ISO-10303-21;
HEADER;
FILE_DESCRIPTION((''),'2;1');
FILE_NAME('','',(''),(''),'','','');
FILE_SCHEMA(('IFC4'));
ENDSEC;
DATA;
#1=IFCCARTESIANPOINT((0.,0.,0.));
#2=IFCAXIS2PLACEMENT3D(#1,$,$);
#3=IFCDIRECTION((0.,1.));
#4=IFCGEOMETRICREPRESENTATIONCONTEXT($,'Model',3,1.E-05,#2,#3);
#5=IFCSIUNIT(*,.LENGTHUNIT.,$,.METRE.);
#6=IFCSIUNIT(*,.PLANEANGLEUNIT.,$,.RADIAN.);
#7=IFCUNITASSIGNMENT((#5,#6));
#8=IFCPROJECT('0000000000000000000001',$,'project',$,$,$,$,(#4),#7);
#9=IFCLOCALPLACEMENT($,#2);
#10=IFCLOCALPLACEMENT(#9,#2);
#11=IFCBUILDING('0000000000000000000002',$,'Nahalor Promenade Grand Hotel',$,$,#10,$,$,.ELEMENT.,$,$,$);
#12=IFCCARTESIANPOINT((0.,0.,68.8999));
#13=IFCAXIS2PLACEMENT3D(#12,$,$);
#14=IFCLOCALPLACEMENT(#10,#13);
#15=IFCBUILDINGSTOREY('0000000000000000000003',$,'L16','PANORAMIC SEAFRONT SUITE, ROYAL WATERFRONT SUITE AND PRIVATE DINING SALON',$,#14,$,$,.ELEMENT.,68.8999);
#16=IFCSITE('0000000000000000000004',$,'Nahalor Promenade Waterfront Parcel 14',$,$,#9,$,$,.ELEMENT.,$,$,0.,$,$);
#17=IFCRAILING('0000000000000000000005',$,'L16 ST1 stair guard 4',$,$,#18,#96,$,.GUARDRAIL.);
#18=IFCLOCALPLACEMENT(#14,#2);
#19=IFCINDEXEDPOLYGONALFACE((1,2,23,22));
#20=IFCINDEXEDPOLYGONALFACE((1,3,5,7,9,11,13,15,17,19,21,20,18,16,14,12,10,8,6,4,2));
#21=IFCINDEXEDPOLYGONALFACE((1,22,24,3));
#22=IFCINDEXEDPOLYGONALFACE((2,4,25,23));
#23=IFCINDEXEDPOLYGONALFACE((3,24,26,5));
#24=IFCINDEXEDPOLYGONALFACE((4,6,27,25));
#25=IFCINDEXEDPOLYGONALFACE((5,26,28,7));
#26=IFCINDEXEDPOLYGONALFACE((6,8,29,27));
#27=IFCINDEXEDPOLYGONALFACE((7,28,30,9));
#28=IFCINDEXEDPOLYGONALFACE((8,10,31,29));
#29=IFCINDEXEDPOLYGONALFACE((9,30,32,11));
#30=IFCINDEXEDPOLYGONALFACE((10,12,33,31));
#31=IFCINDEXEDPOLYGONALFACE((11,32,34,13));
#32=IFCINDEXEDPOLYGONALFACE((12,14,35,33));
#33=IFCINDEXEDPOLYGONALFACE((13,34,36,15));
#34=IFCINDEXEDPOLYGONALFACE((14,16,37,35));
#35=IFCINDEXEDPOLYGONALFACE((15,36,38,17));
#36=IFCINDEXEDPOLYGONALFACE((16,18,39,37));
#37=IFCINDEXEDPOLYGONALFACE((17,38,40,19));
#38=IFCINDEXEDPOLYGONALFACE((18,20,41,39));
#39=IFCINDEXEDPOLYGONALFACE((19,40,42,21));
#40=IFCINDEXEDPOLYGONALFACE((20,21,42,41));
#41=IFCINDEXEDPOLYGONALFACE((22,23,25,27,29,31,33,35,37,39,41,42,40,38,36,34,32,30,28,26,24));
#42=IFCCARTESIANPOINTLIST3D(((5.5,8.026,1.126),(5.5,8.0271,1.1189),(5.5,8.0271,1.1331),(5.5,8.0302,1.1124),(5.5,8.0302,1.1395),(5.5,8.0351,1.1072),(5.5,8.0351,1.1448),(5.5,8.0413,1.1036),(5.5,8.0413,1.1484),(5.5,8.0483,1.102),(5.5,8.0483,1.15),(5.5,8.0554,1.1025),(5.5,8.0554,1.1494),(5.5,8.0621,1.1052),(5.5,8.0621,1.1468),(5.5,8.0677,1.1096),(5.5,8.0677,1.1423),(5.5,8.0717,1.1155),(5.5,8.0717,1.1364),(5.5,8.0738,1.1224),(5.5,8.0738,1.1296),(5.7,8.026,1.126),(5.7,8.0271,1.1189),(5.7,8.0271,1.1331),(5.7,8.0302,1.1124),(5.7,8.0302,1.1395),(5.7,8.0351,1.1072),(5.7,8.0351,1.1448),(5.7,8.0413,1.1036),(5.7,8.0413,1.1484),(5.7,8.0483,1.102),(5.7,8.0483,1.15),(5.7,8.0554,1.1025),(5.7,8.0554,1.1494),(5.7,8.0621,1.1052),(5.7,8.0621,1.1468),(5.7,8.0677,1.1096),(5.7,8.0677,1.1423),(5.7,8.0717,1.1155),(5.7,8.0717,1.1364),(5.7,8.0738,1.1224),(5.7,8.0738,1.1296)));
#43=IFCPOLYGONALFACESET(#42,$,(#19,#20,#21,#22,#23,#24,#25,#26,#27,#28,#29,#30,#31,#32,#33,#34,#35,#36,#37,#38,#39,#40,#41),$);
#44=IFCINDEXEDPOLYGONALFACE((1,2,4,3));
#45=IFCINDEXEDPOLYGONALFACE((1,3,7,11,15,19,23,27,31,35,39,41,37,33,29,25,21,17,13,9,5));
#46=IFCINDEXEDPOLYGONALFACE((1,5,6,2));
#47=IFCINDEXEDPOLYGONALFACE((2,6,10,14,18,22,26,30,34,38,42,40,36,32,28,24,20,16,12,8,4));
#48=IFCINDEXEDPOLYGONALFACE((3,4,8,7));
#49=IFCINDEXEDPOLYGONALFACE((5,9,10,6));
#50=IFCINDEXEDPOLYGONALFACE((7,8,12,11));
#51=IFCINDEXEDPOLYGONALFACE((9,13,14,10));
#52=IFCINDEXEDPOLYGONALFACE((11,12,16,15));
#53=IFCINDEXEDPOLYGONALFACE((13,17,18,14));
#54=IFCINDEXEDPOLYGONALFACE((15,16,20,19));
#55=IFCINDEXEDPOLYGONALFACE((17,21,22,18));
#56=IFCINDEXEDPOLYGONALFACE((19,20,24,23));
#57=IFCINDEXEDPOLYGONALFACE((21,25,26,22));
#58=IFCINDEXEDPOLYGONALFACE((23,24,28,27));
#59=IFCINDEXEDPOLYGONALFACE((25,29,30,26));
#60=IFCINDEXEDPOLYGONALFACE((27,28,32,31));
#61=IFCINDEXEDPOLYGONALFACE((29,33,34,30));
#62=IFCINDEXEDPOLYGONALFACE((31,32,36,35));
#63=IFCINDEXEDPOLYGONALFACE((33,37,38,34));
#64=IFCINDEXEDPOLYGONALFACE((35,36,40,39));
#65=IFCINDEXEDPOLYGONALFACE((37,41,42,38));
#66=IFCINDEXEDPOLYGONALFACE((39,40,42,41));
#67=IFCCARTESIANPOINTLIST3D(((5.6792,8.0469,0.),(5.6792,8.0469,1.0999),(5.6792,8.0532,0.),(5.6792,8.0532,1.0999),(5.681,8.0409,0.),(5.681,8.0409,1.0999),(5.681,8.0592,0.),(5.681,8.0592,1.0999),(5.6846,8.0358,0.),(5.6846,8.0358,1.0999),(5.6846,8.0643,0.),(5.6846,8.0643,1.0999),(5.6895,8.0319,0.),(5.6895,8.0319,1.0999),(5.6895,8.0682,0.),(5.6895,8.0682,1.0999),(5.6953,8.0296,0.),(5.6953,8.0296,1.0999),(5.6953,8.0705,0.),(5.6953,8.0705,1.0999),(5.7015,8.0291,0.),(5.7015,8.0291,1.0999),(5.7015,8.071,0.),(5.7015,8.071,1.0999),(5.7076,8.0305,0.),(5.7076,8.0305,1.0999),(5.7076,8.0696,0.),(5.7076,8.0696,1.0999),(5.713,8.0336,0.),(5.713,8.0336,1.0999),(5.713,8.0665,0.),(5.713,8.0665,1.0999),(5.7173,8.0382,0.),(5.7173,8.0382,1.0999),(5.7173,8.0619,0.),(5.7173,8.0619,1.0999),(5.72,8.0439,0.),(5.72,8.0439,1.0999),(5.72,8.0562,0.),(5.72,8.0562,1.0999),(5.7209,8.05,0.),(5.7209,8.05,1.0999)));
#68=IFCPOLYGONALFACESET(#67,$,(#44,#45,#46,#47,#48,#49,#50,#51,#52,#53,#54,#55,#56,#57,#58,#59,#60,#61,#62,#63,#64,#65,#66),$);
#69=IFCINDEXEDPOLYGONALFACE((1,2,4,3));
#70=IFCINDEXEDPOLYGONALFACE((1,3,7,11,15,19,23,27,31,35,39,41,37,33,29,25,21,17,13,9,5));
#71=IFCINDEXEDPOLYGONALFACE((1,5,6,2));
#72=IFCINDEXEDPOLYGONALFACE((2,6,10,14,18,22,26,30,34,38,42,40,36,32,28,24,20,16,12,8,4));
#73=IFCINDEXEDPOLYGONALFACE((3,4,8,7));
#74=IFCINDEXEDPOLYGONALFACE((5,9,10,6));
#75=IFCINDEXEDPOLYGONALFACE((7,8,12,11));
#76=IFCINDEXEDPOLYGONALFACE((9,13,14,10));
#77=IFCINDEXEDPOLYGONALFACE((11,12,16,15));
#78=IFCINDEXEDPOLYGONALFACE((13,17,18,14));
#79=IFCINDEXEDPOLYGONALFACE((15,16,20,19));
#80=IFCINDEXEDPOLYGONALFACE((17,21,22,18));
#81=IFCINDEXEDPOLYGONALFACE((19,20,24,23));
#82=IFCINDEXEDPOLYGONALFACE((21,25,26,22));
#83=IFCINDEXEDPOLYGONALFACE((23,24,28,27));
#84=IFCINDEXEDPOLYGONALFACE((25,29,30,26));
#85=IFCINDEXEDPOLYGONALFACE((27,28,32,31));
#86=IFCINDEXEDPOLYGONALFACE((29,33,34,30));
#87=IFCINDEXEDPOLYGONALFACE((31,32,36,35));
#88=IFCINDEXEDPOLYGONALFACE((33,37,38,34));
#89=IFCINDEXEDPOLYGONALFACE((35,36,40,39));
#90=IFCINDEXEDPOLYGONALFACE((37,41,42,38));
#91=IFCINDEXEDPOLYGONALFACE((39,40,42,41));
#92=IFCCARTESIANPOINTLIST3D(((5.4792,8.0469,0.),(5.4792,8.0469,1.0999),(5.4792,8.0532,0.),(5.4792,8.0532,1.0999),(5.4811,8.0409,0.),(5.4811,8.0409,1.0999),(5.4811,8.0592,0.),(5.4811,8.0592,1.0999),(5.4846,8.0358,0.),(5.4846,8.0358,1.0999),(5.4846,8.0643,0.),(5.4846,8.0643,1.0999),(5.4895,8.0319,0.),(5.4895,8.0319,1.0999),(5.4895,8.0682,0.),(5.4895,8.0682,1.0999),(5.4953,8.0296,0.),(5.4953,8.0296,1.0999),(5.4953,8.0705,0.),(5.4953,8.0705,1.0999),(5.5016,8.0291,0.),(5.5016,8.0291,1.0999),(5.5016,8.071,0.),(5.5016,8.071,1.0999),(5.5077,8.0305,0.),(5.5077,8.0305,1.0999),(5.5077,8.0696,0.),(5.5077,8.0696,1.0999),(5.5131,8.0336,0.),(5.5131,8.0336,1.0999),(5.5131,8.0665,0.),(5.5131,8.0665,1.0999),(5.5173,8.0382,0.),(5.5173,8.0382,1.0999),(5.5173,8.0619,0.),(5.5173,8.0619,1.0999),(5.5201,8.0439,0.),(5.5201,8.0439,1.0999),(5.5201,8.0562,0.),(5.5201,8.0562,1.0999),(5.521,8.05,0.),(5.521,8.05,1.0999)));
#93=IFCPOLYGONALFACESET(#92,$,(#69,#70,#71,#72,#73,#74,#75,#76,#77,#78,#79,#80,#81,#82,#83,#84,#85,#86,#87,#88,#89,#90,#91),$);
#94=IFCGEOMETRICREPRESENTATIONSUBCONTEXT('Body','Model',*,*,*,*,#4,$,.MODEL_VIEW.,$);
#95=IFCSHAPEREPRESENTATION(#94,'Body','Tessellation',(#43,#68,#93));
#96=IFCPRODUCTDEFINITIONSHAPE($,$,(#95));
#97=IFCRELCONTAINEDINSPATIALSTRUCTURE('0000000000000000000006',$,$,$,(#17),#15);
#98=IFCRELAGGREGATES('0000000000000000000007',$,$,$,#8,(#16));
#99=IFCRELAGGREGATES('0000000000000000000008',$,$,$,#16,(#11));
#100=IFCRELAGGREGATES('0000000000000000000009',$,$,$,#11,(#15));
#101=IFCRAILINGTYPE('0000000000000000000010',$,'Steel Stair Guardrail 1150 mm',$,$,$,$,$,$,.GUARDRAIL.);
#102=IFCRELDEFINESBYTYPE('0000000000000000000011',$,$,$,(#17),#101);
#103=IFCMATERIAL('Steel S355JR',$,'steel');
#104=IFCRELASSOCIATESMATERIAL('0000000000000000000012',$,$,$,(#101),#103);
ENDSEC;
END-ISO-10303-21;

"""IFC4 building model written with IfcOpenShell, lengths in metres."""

from ifc_helpers import new_model, si_unit, direction, frame, origin, origin_2d, place, context, subcontext, project, spatial, circle, extrude, material, type_object, element, save


model = new_model("IFC4")

# Units and contexts
model_context = context("Model", 3, precision=1e-05, world=origin(), true_north=direction((0.0, 1.0)))
body_context = subcontext(model_context, "Body", "Model", "MODEL_VIEW")
ifc_project = project(units=[si_unit("LENGTHUNIT", "METRE"), si_unit("PLANEANGLEUNIT", "RADIAN")], contexts=[model_context])

# Site, building, storey
site_placement = place(None, origin())
site = spatial("IfcSite", under=ifc_project, at=site_placement, Name="Nahalor Promenade Waterfront Parcel 14", CompositionType="ELEMENT", RefElevation=0.0)
building_placement = place(site_placement, origin())
building = spatial("IfcBuilding", under=site, at=building_placement, Name="Nahalor Promenade Grand Hotel", CompositionType="ELEMENT")
storey_placement = place(building_placement, frame((0.0, 0.0, 68.8999)))
storey = spatial("IfcBuildingStorey", under=building, at=storey_placement, Name="L16", Description="PANORAMIC SEAFRONT SUITE, ROYAL WATERFRONT SUITE AND PRIVATE DINING SALON", CompositionType="ELEMENT", Elevation=68.8999)

# Shared definitions
ifc_material_1 = material(Name="Steel S355JR", Category="steel")

# Railing
railing_type_1 = type_object("IfcRailingType", Name="Steel Stair Guardrail 1150 mm", PredefinedType="GUARDRAIL", material=ifc_material_1)
railing_1_placement = place(storey_placement, frame((5.7, 8.05, 0.0)))
element("IfcRailing", 1, at=railing_1_placement, inside=storey, type_object=railing_type_1, Name="L16 ST1 stair guard 4", PredefinedType="GUARDRAIL", context=body_context, shape_type="SweptSolid", body=[
    extrude(circle(Radius=0.024, at=origin_2d()), frame((0.0, 0.0, 1.126), z_axis=(-1.0, 0.0, 0.0), x_axis=(0.0, -1.0, 0.0)), (0.0, 0.0, 1.0), 0.2),
    extrude(circle(Radius=0.021, at=origin_2d()), origin(), (0.0, 0.0, 1.0), 1.0999),
    extrude(circle(Radius=0.021, at=origin_2d()), frame((-0.2, 0.0, 0.0)), (0.0, 0.0, 1.0), 1.0999),
])

save(model, "model.ifc")
